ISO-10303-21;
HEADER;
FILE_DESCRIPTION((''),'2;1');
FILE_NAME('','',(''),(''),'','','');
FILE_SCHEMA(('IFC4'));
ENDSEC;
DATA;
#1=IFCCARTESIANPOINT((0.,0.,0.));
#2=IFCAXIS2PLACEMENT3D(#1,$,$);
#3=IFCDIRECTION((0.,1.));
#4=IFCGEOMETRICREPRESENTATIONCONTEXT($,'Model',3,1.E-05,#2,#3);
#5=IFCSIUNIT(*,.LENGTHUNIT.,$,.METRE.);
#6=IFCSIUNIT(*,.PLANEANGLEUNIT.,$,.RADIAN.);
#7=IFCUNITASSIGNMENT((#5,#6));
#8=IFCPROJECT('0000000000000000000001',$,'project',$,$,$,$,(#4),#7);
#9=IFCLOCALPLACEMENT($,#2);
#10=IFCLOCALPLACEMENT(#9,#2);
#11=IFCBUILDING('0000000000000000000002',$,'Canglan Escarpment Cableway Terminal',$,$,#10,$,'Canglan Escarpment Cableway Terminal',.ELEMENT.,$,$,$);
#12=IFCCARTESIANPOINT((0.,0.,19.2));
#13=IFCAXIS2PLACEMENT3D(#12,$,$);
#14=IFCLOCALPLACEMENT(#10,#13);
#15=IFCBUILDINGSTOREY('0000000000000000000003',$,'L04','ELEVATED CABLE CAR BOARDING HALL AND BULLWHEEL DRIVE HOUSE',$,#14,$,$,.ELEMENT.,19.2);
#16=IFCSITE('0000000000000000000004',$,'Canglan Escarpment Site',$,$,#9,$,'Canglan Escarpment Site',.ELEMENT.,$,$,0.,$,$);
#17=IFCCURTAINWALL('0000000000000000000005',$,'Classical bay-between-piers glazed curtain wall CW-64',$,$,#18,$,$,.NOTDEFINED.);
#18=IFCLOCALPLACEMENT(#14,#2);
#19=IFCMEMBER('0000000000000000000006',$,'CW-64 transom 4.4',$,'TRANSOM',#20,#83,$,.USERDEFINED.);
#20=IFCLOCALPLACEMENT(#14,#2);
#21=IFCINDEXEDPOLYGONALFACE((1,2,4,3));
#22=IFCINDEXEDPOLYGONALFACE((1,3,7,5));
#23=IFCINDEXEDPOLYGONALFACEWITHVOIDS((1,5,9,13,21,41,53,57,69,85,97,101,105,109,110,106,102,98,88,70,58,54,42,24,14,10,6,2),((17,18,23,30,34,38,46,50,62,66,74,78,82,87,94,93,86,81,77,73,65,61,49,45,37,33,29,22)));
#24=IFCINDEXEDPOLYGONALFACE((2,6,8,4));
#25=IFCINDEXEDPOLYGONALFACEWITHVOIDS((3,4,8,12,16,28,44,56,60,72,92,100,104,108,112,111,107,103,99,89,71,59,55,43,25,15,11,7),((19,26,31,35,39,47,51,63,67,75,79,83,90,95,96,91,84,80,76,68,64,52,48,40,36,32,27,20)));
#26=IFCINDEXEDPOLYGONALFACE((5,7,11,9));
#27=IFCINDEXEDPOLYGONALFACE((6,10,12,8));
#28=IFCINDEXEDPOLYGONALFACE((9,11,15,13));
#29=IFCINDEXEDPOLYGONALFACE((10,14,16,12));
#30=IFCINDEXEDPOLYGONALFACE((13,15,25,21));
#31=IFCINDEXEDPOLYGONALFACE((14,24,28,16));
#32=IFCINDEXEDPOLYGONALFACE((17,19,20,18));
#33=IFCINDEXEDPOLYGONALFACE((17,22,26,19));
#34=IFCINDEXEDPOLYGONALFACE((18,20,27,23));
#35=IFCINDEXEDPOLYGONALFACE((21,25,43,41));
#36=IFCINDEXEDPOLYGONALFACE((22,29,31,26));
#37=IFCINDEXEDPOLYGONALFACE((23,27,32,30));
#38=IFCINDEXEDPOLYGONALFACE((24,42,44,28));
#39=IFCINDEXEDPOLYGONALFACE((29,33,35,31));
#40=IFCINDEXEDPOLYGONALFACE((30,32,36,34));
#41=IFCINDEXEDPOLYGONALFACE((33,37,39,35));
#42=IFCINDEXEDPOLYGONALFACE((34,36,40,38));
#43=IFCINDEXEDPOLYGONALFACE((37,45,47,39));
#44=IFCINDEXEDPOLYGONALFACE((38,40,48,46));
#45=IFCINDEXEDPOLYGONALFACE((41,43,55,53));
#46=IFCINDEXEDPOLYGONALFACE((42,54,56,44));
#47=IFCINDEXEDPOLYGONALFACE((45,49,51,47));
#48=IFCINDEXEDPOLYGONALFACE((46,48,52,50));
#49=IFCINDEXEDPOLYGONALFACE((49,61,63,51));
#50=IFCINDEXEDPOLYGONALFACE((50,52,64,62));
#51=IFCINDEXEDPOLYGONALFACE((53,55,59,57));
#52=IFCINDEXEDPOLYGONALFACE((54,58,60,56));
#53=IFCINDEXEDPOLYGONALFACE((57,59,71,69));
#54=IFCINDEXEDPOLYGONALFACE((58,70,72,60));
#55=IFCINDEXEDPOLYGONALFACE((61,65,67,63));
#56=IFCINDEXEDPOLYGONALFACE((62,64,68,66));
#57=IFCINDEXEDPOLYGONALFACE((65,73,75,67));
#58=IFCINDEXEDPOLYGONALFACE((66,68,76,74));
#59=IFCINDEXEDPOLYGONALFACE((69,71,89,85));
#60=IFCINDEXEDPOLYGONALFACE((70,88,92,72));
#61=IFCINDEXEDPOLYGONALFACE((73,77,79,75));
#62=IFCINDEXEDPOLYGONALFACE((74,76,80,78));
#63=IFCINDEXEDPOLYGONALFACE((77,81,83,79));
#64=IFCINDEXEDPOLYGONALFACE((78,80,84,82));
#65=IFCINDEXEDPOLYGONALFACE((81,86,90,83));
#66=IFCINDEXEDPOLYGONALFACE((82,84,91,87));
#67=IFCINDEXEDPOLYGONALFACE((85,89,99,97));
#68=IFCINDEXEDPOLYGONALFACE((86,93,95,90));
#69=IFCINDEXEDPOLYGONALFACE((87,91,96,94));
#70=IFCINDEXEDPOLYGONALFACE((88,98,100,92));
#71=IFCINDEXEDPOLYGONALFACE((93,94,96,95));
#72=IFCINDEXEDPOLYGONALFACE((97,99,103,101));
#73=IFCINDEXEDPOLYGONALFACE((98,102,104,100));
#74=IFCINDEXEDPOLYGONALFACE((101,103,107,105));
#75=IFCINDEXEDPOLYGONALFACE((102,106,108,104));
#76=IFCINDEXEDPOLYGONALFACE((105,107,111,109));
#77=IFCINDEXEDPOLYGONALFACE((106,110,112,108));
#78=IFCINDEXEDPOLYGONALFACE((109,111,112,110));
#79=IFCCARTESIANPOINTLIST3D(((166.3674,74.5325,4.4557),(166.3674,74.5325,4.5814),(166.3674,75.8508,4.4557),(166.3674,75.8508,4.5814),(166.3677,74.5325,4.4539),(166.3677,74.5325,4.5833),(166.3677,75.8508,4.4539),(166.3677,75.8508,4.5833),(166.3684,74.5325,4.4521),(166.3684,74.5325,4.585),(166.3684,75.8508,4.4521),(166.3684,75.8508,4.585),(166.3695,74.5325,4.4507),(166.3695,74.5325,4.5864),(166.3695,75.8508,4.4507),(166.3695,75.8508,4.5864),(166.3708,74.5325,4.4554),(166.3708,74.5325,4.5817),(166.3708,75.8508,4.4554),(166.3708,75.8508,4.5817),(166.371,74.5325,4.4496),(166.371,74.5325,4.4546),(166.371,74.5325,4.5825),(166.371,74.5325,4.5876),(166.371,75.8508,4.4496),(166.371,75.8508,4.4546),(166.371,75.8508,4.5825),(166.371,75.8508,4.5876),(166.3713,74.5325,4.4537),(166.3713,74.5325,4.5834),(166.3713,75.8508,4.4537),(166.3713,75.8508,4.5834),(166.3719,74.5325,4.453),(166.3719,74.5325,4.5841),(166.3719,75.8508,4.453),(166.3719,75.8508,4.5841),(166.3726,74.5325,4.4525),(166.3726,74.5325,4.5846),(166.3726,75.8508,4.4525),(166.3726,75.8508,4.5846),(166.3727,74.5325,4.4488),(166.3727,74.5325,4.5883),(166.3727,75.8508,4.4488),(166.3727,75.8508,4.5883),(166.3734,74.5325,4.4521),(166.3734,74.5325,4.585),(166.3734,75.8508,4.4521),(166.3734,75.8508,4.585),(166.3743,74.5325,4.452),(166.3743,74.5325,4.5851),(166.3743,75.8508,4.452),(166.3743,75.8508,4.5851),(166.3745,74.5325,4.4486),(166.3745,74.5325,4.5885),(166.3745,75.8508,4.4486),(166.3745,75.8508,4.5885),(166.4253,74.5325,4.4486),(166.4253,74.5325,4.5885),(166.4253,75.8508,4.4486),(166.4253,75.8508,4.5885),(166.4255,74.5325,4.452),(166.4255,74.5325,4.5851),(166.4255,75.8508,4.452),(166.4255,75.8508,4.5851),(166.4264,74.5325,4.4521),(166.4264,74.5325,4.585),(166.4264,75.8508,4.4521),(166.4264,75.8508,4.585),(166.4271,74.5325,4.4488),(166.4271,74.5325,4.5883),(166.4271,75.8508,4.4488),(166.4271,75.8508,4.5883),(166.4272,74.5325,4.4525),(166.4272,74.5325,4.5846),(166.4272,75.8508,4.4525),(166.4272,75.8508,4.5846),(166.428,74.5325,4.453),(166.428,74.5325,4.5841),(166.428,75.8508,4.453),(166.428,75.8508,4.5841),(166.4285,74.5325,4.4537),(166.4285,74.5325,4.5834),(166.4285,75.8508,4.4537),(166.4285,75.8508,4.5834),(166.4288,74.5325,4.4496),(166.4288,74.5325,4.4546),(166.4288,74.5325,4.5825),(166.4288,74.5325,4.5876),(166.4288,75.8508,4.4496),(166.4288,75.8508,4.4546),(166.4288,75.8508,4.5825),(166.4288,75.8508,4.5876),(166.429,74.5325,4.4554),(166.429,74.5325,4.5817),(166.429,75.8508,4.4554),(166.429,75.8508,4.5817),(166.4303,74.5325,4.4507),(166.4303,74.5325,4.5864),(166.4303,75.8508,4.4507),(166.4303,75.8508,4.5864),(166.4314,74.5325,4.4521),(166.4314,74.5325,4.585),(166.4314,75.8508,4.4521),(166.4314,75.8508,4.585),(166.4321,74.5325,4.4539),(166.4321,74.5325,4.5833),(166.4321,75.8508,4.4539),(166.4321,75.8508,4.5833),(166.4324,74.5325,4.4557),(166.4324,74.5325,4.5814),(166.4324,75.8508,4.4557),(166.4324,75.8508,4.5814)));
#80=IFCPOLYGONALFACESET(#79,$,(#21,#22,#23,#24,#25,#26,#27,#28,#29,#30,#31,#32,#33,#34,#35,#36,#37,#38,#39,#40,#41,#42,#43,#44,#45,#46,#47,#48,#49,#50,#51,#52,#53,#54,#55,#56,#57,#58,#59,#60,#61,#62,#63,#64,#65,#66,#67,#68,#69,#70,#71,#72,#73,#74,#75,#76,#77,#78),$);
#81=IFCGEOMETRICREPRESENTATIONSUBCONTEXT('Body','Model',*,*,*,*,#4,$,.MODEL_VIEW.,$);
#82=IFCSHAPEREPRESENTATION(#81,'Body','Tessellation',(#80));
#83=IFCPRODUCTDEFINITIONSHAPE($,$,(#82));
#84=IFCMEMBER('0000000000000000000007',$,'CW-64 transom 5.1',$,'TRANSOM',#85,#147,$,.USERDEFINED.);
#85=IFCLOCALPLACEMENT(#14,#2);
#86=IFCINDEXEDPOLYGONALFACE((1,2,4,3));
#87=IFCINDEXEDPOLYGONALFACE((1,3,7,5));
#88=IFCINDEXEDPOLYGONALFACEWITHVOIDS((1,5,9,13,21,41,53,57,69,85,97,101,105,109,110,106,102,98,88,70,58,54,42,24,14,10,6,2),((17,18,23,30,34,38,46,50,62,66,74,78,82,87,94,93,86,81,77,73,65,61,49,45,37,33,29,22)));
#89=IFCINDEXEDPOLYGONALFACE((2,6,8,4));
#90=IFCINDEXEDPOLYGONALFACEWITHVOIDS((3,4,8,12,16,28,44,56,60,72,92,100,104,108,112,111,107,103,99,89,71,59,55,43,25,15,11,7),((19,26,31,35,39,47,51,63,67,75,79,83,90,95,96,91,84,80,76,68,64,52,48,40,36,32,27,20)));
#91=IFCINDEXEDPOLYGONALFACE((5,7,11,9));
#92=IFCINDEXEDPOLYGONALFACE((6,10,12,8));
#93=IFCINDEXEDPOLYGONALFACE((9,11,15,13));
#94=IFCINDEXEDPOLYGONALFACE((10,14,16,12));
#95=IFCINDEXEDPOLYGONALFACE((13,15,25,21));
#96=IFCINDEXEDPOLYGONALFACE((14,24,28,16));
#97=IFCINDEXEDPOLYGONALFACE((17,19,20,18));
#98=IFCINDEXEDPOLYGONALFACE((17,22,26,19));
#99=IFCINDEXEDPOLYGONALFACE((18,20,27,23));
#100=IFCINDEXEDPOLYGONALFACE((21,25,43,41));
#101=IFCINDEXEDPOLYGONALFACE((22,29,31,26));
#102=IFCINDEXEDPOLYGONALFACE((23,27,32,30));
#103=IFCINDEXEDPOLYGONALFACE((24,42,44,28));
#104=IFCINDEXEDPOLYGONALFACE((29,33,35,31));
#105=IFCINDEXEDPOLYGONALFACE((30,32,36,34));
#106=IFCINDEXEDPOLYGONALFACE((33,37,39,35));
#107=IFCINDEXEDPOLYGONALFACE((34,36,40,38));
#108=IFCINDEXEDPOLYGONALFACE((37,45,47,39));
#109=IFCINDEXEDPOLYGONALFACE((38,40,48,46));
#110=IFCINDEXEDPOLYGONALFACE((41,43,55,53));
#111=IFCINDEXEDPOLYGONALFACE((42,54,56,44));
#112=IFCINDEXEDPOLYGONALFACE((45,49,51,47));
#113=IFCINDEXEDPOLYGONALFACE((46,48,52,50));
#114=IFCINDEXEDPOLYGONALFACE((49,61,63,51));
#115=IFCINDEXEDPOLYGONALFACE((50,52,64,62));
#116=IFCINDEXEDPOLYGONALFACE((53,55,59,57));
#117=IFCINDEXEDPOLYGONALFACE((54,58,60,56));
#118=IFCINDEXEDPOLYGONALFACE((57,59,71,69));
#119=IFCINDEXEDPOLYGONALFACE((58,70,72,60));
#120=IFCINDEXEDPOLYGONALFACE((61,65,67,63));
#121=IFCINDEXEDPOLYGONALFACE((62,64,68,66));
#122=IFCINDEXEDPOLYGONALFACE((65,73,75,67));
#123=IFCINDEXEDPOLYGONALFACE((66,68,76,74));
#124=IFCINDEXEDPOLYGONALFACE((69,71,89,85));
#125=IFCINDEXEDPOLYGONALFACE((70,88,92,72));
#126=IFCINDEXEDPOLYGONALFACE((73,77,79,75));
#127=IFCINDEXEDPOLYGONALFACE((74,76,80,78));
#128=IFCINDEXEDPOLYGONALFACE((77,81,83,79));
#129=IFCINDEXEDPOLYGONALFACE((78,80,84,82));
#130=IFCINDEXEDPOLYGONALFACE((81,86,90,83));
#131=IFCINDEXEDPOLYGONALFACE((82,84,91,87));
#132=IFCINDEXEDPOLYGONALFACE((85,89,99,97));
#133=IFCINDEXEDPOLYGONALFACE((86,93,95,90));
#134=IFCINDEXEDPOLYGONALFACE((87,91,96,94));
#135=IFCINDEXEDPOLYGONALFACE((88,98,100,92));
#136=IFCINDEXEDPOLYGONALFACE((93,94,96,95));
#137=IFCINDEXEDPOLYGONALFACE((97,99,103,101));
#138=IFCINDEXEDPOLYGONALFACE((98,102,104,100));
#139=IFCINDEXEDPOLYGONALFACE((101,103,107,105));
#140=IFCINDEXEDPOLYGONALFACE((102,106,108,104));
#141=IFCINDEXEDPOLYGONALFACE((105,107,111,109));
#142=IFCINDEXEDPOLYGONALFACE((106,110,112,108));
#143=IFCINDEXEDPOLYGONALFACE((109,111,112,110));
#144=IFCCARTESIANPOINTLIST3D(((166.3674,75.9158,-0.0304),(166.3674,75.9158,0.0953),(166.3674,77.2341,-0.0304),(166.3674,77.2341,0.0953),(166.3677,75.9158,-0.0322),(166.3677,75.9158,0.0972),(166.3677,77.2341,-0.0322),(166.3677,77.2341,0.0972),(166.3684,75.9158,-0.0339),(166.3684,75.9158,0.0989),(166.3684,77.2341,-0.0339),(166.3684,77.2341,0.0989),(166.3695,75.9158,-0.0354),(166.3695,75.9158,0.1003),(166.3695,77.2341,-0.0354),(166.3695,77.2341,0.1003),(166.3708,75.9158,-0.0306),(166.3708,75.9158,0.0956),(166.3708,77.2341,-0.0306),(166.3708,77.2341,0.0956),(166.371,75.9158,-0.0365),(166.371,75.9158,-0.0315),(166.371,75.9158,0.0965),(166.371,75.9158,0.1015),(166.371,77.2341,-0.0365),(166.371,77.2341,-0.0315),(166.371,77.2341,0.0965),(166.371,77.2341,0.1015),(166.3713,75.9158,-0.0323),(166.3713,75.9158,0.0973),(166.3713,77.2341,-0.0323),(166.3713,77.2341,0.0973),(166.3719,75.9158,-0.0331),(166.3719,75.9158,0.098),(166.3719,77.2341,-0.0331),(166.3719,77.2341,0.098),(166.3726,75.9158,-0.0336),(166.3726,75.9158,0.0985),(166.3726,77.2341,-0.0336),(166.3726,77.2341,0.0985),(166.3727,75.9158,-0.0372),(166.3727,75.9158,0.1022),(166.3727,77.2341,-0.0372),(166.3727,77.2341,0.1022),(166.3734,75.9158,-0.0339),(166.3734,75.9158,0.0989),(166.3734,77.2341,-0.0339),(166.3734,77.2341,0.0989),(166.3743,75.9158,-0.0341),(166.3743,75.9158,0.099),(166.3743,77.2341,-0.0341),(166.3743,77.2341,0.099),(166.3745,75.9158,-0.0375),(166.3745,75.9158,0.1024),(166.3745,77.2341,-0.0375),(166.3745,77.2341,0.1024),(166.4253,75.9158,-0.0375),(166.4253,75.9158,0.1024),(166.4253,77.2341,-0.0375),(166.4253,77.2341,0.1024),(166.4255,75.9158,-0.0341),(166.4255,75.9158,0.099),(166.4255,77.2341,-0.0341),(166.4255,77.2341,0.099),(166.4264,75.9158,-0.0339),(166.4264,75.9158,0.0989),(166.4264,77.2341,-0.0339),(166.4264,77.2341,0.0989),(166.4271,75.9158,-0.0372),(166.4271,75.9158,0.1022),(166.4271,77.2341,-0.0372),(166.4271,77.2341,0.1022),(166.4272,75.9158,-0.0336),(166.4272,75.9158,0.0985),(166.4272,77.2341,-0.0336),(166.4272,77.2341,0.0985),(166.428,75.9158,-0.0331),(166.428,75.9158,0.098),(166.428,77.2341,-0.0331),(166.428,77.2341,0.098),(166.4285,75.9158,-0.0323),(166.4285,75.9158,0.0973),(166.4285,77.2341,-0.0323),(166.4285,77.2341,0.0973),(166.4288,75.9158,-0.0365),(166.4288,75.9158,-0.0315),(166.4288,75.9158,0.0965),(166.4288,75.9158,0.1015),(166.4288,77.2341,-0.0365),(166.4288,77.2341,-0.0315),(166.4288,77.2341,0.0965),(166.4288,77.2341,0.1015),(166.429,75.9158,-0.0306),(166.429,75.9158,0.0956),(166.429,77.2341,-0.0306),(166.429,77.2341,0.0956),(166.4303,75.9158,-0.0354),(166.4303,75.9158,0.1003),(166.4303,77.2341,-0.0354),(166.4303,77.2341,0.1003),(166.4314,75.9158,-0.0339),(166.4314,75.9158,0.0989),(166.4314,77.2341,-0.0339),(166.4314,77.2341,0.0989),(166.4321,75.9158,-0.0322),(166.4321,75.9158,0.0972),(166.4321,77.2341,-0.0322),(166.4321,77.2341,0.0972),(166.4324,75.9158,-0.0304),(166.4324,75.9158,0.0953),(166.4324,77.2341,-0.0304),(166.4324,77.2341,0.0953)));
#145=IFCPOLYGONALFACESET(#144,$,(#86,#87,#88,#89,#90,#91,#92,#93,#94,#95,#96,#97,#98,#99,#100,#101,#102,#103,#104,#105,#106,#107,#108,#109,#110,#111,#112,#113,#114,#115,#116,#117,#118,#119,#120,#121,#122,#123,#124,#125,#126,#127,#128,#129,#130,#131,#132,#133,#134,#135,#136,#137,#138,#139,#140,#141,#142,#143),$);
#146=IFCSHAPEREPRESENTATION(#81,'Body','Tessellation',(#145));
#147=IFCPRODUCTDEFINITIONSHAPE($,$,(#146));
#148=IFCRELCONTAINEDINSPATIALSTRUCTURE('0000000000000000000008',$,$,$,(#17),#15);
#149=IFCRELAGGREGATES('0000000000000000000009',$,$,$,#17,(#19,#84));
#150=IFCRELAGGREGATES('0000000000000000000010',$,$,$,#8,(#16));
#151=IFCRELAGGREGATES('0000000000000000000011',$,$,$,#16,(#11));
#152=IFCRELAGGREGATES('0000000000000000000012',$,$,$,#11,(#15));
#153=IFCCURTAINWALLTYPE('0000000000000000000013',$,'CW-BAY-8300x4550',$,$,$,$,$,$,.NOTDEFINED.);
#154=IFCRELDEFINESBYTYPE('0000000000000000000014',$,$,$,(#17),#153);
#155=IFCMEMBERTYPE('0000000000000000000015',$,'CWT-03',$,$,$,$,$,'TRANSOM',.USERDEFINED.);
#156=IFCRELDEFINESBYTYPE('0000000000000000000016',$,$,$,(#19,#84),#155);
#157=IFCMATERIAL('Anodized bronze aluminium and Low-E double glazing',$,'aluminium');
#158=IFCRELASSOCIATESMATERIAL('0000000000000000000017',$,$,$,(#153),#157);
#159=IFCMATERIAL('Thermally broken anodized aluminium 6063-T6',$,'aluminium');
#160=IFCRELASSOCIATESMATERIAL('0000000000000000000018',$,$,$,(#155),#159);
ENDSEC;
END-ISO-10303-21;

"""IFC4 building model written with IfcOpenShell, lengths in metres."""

from ifc_helpers import new_model, si_unit, direction, frame, origin, origin_2d, place, context, subcontext, project, spatial, hollow_rectangle, extrude, material, material_profile, profile_set, type_object, element, aggregate, save


model = new_model("IFC4")

# Units and contexts
model_context = context("Model", 3, precision=1e-05, world=origin(), true_north=direction((0.0, 1.0)))
body_context = subcontext(model_context, "Body", "Model", "MODEL_VIEW")
ifc_project = project(units=[si_unit("LENGTHUNIT", "METRE"), si_unit("PLANEANGLEUNIT", "RADIAN")], contexts=[model_context])

# Site, building, storey
site_placement = place(None, origin())
site = spatial("IfcSite", under=ifc_project, at=site_placement, Name="Canglan Escarpment Site", LongName="Canglan Escarpment Site", CompositionType="ELEMENT", RefElevation=0.0)
building_placement = place(site_placement, origin())
building = spatial("IfcBuilding", under=site, at=building_placement, Name="Canglan Escarpment Cableway Terminal", LongName="Canglan Escarpment Cableway Terminal", CompositionType="ELEMENT")
storey_placement = place(building_placement, frame((0.0, 0.0, 19.2)))
storey = spatial("IfcBuildingStorey", under=building, at=storey_placement, Name="L04", Description="ELEVATED CABLE CAR BOARDING HALL AND BULLWHEEL DRIVE HOUSE", CompositionType="ELEMENT", Elevation=19.2)

# Curtain wall, members
ifc_material_1 = material(Name="Anodized bronze aluminium and Low-E double glazing", Category="aluminium")
curtain_wall_type = type_object("IfcCurtainWallType", Name="CW-BAY-8300x4550", PredefinedType="NOTDEFINED", material=ifc_material_1)
curtain_wall_placement = place(storey_placement, origin())
curtain_wall = element("IfcCurtainWall", 1, at=curtain_wall_placement, inside=storey, type_object=curtain_wall_type, Name="Classical bay-between-piers glazed curtain wall CW-64", PredefinedType="NOTDEFINED")
ifc_material_2 = material(Name="Thermally broken anodized aluminium 6063-T6", Category="aluminium")
ifc_material_profile_1 = material_profile(ifc_material_2, hollow_rectangle(XDim=0.0649, YDim=0.1399, WallThickness=0.0034, InnerFilletRadius=0.0034, OuterFilletRadius=0.0071, at=origin_2d()), Name="ALU-TRAN 65x140x3.5")
ifc_profile_set_1 = profile_set([ifc_material_profile_1], Name="Thermally broken anodized aluminium 6063-T6")
member_type_1 = type_object("IfcMemberType", Name="CWT-03", ElementType="TRANSOM", PredefinedType="USERDEFINED", material=ifc_profile_set_1)
member_1_placement = place(storey_placement, frame((166.3999, 74.5325, 4.5186), z_axis=(0.0, 1.0, 0.0), x_axis=(-1.0, 0.0, 0.0)))
member_1 = element("IfcMember", 2, at=member_1_placement, type_object=member_type_1, Name="CW-64 transom 4.4", ObjectType="TRANSOM", PredefinedType="USERDEFINED", context=body_context, shape_type="SweptSolid", body=[
    extrude(hollow_rectangle(XDim=0.0649, YDim=0.1399, WallThickness=0.0034, InnerFilletRadius=0.0034, OuterFilletRadius=0.0071, at=origin_2d()), origin(), (0.0, 0.0, 1.0), 1.3184),
])
member_2_placement = place(storey_placement, frame((166.3999, 75.9158, 0.0325), z_axis=(0.0, 1.0, 0.0), x_axis=(-1.0, 0.0, 0.0)))
member_2 = element("IfcMember", 3, at=member_2_placement, type_object=member_type_1, Name="CW-64 transom 5.1", ObjectType="TRANSOM", PredefinedType="USERDEFINED", context=body_context, shape_type="SweptSolid", body=[
    extrude(hollow_rectangle(XDim=0.0649, YDim=0.1399, WallThickness=0.0034, InnerFilletRadius=0.0034, OuterFilletRadius=0.0071, at=origin_2d()), origin(), (0.0, 0.0, 1.0), 1.3184),
])
aggregate(curtain_wall, [member_1, member_2])

save(model, "model.ifc")
